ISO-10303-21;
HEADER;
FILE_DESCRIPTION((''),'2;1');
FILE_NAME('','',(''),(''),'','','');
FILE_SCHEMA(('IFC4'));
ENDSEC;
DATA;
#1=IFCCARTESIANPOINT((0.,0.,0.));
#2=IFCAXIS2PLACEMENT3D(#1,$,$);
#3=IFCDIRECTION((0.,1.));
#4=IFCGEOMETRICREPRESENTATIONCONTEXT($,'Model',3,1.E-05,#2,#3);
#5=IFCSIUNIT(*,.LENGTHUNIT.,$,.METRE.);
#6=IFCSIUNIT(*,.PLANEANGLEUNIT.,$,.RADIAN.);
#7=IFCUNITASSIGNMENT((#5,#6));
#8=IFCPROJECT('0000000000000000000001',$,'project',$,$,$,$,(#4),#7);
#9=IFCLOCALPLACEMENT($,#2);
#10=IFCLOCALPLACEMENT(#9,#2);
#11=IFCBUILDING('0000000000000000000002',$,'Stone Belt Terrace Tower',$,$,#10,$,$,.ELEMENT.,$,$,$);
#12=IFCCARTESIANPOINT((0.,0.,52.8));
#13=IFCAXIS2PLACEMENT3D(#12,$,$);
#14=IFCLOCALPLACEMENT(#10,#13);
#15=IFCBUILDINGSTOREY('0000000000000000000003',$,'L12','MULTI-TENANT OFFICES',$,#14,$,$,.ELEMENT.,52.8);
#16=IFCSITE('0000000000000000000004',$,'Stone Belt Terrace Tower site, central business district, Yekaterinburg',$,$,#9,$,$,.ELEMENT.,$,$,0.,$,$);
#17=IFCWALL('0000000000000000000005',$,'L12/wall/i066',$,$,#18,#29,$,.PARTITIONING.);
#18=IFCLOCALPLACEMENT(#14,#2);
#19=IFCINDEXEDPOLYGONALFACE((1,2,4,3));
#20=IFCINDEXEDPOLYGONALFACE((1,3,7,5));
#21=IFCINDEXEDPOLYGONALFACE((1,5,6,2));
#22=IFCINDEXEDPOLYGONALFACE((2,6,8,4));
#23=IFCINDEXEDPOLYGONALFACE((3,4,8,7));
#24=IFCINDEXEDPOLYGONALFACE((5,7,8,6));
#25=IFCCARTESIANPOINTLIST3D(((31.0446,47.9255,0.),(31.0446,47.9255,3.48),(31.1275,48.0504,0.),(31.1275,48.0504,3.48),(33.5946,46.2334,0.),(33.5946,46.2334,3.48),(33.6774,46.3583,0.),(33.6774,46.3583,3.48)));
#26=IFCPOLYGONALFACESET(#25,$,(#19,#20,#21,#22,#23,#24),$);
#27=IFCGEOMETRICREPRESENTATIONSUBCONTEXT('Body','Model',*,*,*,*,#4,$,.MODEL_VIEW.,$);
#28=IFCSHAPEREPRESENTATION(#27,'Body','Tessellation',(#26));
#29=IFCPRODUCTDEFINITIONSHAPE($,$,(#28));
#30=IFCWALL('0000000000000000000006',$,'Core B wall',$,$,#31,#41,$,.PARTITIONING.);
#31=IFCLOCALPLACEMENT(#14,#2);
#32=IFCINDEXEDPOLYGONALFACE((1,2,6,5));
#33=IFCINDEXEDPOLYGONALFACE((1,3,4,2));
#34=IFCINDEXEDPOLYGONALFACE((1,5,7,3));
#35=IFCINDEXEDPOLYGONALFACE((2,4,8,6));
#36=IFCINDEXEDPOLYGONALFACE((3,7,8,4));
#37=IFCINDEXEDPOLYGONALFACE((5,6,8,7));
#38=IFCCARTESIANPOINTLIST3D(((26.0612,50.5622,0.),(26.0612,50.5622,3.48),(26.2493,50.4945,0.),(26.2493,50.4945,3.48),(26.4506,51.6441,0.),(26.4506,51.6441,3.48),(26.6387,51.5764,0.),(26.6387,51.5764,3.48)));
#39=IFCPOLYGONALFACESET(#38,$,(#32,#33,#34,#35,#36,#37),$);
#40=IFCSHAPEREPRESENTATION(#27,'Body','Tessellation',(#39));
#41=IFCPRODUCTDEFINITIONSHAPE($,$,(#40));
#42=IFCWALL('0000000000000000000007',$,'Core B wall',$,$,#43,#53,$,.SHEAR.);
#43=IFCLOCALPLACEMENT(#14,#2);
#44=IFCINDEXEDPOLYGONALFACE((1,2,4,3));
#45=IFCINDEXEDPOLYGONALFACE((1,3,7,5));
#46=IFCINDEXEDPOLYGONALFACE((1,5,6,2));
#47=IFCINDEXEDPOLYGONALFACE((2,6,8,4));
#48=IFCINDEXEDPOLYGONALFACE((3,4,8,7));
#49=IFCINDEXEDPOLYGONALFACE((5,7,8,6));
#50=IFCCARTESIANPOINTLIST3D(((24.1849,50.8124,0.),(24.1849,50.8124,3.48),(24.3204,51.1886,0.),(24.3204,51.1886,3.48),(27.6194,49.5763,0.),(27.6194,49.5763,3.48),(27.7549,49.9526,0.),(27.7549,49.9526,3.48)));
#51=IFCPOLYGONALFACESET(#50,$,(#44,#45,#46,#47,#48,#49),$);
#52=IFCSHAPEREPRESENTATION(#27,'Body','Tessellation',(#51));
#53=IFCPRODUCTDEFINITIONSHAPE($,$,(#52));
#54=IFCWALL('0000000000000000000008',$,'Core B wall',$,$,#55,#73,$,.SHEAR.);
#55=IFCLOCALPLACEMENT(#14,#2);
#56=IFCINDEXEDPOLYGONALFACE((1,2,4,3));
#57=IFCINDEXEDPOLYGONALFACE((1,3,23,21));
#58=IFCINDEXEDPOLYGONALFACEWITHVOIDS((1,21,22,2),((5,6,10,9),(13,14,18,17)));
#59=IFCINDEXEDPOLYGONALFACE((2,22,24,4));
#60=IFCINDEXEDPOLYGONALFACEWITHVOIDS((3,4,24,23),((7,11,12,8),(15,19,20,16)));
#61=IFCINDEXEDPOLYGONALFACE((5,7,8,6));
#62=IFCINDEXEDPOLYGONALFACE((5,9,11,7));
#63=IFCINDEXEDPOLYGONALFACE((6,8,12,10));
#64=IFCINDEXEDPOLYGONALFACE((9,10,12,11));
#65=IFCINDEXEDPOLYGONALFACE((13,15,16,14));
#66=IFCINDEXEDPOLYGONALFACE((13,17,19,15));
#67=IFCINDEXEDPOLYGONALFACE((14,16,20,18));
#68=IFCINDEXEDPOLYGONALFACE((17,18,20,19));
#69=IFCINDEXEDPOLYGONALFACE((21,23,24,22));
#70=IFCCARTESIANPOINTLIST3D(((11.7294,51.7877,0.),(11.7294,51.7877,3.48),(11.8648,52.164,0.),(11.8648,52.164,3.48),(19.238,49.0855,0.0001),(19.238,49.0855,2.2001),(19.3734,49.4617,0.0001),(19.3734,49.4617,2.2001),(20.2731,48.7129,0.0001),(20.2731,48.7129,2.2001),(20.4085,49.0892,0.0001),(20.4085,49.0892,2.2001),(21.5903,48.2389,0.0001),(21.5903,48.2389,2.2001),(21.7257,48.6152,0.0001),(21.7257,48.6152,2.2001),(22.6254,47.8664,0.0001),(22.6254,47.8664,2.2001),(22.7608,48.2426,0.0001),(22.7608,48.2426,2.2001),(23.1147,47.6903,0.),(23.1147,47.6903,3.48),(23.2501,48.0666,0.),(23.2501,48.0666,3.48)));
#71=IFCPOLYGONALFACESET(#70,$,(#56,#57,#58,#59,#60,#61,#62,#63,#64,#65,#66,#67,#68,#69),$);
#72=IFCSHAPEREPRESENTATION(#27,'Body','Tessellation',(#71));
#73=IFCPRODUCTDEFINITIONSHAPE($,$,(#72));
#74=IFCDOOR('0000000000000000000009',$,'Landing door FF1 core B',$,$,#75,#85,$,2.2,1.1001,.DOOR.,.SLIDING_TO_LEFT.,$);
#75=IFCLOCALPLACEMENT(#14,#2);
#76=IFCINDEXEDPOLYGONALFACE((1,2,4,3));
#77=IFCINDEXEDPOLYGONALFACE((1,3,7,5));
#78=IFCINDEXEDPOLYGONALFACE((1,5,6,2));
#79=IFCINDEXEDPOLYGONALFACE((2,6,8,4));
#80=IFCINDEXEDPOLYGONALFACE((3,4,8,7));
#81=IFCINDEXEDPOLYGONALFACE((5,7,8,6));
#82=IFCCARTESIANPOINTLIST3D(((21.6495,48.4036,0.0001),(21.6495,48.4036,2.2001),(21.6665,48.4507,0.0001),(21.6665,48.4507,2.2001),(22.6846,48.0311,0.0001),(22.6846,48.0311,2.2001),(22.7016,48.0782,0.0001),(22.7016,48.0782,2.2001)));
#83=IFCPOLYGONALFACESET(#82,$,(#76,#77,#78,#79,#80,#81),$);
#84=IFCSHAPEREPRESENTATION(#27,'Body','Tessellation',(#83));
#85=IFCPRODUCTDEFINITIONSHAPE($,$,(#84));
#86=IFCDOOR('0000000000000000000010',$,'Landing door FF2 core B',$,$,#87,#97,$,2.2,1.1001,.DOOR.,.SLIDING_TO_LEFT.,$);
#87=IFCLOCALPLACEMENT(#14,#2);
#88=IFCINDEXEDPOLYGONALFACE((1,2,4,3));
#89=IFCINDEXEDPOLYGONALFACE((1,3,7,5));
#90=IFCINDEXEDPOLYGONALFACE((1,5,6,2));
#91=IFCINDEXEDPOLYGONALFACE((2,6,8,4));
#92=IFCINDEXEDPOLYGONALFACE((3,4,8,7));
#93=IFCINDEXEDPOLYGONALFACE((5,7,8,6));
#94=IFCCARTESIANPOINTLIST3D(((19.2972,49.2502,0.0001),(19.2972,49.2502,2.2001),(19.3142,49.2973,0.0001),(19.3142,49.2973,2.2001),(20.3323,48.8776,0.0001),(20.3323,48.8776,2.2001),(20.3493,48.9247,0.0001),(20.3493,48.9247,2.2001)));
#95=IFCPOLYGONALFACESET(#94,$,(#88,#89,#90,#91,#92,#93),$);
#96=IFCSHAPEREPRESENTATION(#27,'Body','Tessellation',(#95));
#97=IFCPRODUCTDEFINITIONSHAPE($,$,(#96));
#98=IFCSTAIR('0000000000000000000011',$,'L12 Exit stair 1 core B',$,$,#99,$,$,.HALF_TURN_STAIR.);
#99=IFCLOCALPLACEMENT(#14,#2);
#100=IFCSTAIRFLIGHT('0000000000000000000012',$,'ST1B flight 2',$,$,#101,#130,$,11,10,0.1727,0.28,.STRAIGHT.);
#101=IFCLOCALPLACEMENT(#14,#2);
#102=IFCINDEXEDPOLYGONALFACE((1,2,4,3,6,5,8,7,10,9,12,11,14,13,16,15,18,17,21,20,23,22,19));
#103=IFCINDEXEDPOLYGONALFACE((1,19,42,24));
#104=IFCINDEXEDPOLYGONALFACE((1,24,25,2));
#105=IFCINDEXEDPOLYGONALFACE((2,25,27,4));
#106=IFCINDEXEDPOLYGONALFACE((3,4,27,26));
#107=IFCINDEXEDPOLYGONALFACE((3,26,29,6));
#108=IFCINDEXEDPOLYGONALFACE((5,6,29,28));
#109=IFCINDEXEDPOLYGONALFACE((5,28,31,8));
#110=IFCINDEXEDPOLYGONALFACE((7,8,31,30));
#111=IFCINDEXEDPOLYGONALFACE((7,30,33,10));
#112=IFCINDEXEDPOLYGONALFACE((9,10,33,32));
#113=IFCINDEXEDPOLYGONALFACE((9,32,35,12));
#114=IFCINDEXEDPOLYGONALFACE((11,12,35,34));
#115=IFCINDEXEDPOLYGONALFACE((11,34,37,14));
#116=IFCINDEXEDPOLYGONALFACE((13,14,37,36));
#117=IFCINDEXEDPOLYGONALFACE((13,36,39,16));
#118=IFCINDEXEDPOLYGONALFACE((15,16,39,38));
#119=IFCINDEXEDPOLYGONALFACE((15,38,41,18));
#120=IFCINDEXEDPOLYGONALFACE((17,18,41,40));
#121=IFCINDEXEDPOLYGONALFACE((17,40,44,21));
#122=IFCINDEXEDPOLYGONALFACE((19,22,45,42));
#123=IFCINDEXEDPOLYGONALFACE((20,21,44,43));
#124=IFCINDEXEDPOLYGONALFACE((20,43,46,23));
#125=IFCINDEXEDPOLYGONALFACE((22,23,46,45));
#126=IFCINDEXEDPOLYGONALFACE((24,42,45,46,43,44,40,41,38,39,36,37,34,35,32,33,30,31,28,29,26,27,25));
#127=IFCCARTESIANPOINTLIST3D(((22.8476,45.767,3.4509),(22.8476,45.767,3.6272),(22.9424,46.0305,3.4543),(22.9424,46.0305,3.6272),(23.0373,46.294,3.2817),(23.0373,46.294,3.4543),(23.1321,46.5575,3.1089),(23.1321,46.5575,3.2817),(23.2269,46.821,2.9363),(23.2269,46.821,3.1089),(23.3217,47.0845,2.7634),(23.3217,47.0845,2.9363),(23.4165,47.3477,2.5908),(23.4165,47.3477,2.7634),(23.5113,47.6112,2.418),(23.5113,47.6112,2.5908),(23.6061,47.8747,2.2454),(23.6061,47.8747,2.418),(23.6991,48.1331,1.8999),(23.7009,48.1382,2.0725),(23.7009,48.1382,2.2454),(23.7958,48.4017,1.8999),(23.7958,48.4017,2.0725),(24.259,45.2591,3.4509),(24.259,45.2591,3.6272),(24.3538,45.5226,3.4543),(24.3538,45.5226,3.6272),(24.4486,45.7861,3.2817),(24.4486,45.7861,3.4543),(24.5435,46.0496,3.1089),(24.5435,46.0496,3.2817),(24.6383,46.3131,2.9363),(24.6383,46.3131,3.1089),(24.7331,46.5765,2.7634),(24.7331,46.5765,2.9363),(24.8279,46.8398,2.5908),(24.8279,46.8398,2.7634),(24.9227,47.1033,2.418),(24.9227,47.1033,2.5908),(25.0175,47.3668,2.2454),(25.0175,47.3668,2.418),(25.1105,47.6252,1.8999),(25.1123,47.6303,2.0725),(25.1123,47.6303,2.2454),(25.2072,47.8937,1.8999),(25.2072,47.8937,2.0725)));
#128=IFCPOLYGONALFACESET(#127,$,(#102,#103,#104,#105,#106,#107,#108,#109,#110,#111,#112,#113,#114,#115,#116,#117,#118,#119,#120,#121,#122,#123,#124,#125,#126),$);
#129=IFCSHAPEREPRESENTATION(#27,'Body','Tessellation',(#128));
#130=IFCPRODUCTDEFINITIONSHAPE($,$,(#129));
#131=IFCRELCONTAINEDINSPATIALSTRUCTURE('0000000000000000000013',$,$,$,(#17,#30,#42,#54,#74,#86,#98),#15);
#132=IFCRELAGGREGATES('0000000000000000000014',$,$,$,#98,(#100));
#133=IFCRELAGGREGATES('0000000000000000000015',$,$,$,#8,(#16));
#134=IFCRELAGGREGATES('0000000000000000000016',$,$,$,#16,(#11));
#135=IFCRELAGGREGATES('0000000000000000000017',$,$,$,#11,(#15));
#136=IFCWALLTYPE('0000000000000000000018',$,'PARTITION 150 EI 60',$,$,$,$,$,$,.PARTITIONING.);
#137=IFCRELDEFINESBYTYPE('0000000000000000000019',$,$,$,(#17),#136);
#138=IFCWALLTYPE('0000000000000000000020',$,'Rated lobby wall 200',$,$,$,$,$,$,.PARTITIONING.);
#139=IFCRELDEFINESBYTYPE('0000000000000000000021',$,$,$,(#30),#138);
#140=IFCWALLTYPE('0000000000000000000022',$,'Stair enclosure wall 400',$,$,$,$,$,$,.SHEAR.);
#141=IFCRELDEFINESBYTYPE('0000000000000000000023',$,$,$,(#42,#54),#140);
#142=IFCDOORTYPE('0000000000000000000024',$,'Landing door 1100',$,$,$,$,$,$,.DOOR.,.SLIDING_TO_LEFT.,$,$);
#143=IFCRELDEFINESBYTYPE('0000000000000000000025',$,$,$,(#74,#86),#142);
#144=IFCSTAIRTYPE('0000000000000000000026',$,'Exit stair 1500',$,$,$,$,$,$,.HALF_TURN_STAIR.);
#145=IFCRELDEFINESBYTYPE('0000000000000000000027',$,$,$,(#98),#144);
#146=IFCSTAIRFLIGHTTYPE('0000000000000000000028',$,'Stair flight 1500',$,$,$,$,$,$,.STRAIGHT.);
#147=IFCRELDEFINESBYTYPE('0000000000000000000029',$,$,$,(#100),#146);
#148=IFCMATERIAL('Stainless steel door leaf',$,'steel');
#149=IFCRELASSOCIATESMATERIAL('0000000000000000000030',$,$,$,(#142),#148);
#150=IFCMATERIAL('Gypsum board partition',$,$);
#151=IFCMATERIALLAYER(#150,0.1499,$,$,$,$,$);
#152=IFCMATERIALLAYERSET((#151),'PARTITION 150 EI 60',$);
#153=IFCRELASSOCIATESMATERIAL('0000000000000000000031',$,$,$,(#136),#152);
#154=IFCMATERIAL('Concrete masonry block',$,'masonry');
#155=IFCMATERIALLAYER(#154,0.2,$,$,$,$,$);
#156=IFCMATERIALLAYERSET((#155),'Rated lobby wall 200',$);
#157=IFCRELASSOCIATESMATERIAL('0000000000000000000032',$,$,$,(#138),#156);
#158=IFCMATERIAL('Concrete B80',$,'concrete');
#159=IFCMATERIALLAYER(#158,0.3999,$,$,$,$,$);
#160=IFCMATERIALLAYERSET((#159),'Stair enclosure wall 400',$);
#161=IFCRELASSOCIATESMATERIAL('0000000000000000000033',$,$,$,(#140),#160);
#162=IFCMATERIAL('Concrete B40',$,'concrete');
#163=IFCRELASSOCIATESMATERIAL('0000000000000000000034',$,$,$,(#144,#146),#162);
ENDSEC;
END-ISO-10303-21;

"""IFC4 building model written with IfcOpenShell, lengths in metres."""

from ifc_helpers import new_model, si_unit, direction, frame, frame_2d, origin, place, context, subcontext, project, spatial, polyline, rectangle, outline, extrude, material, layer, layer_set, type_object, element, fill, aggregate, save


model = new_model("IFC4")

# Units and contexts
model_context = context("Model", 3, precision=1e-05, world=origin(), true_north=direction((0.0, 1.0)))
body_context = subcontext(model_context, "Body", "Model", "MODEL_VIEW")
ifc_project = project(units=[si_unit("LENGTHUNIT", "METRE"), si_unit("PLANEANGLEUNIT", "RADIAN")], contexts=[model_context])

# Site, building, storey
site_placement = place(None, origin())
site = spatial("IfcSite", under=ifc_project, at=site_placement, Name="Stone Belt Terrace Tower site, central business district, Yekaterinburg", CompositionType="ELEMENT", RefElevation=0.0)
building_placement = place(site_placement, origin())
building = spatial("IfcBuilding", under=site, at=building_placement, Name="Stone Belt Terrace Tower", CompositionType="ELEMENT")
storey_placement = place(building_placement, frame((0.0, 0.0, 52.8)))
storey = spatial("IfcBuildingStorey", under=building, at=storey_placement, Name="L12", Description="MULTI-TENANT OFFICES", CompositionType="ELEMENT", Elevation=52.8)

# Shared definitions
ifc_material_1 = material(Name="Concrete B80", Category="concrete")

# Shared definitions
ifc_material_2 = material(Name="Stainless steel door leaf", Category="steel")

# Shared definitions
door_type_1 = type_object("IfcDoorType", Name="Landing door 1100", OperationType="SLIDING_TO_LEFT", PredefinedType="DOOR", material=ifc_material_2)

# Walls
ifc_material_3 = material(Name="Gypsum board partition")
ifc_layer_1 = layer(ifc_material_3, 0.1499)
ifc_layer_set_1 = layer_set([ifc_layer_1], Name="PARTITION 150 EI 60")
wall_type_1 = type_object("IfcWallType", Name="PARTITION 150 EI 60", PredefinedType="PARTITIONING", material=ifc_layer_set_1)
wall_1_placement = place(storey_placement, frame((31.0859, 47.988, 0.0), z_axis=(0.0, 0.0, 1.0), x_axis=(0.833239, -0.552913, 0.0)))
element("IfcWall", 1, at=wall_1_placement, inside=storey, type_object=wall_type_1, Name="L12/wall/i066", PredefinedType="PARTITIONING", context=body_context, shape_type="SweptSolid", body=[
    extrude(rectangle(XDim=3.0603, YDim=0.1499, at=frame_2d((1.5303, 0.0))), origin(), (0.0, 0.0, 1.0), 3.48),
])
ifc_material_4 = material(Name="Concrete masonry block", Category="masonry")
ifc_layer_2 = layer(ifc_material_4, 0.2)
ifc_layer_set_2 = layer_set([ifc_layer_2], Name="Rated lobby wall 200")
wall_type_2 = type_object("IfcWallType", Name="Rated lobby wall 200", PredefinedType="PARTITIONING", material=ifc_layer_set_2)
wall_2_placement = place(storey_placement, frame((26.1553, 50.5283, 0.0), z_axis=(0.0, 0.0, 1.0), x_axis=(0.338622, 0.940923, 0.0)))
element("IfcWall", 2, at=wall_2_placement, inside=storey, type_object=wall_type_2, Name="Core B wall", PredefinedType="PARTITIONING", context=body_context, shape_type="SweptSolid", body=[
    extrude(rectangle(XDim=1.1499, YDim=0.2, at=frame_2d((0.575, 0.0))), origin(), (0.0, 0.0, 1.0), 3.48),
])
ifc_layer_3 = layer(ifc_material_1, 0.3999)
ifc_layer_set_3 = layer_set([ifc_layer_3], Name="Stair enclosure wall 400")
wall_type_3 = type_object("IfcWallType", Name="Stair enclosure wall 400", PredefinedType="SHEAR", material=ifc_layer_set_3)
wall_3_placement = place(storey_placement, frame((27.6873, 49.7644, 0.0), z_axis=(0.0, 0.0, 1.0), x_axis=(-0.940919, 0.338632, 0.0)))
element("IfcWall", 3, at=wall_3_placement, inside=storey, type_object=wall_type_3, Name="Core B wall", PredefinedType="SHEAR", context=body_context, shape_type="SweptSolid", body=[
    extrude(rectangle(XDim=3.6501, YDim=0.3999, at=frame_2d((1.8252, 0.0))), origin(), (0.0, 0.0, 1.0), 3.48),
])

# Wall, openings, doors
wall_4_placement = place(storey_placement, frame((23.1824, 47.8784, 0.0), z_axis=(0.0, 0.0, 1.0), x_axis=(-0.940921, 0.338626, 0.0)))
wall_4 = element("IfcWall", 4, at=wall_4_placement, inside=storey, type_object=wall_type_3, Name="Core B wall", PredefinedType="SHEAR", context=body_context, shape_type="SweptSolid", body=[
    extrude(rectangle(XDim=12.1001, YDim=0.3999, at=frame_2d((6.05, 0.0))), origin(), (0.0, 0.0, 1.0), 3.48),
])
opening_1_placement = place(wall_4_placement, frame((0.52, 0.0, 0.0)))
opening_1 = element("IfcOpeningElement", 5, at=opening_1_placement, cuts=wall_4, PredefinedType="OPENING", context=body_context, shape_type="SweptSolid", body=[
    extrude(rectangle(XDim=1.1001, YDim=2.2, at=frame_2d((0.55, 1.1001))), frame((0.0, 0.21, 0.0), z_axis=(0.0, -1.0, 0.0), x_axis=(1.0, 0.0, 0.0)), (0.0, 0.0, 1.0), 0.4199),
])
opening_2_placement = place(wall_4_placement, frame((3.02, 0.0, 0.0)))
opening_2 = element("IfcOpeningElement", 6, at=opening_2_placement, cuts=wall_4, PredefinedType="OPENING", context=body_context, shape_type="SweptSolid", body=[
    extrude(rectangle(XDim=1.1001, YDim=2.2, at=frame_2d((0.55, 1.1001))), frame((0.0, 0.21, 0.0), z_axis=(0.0, -1.0, 0.0), x_axis=(1.0, 0.0, 0.0)), (0.0, 0.0, 1.0), 0.4199),
])
door_1_placement = place(opening_1_placement, origin())
door_1 = element("IfcDoor", 7, at=door_1_placement, inside=storey, type_object=door_type_1, Name="Landing door FF1 core B", OperationType="SLIDING_TO_LEFT", OverallHeight=2.2, OverallWidth=1.1001, PredefinedType="DOOR", context=body_context, shape_type="SweptSolid", body=[
    extrude(rectangle(XDim=1.1001, YDim=2.2, at=frame_2d((0.55, 1.1001))), frame((0.0, 0.0249, 0.0), z_axis=(0.0, -1.0, 0.0), x_axis=(1.0, 0.0, 0.0)), (0.0, 0.0, 1.0), 0.05),
])
fill(opening_1, door_1)
door_2_placement = place(opening_2_placement, origin())
door_2 = element("IfcDoor", 8, at=door_2_placement, inside=storey, type_object=door_type_1, Name="Landing door FF2 core B", OperationType="SLIDING_TO_LEFT", OverallHeight=2.2, OverallWidth=1.1001, PredefinedType="DOOR", context=body_context, shape_type="SweptSolid", body=[
    extrude(rectangle(XDim=1.1001, YDim=2.2, at=frame_2d((0.55, 1.1001))), frame((0.0, 0.0249, 0.0), z_axis=(0.0, -1.0, 0.0), x_axis=(1.0, 0.0, 0.0)), (0.0, 0.0, 1.0), 0.05),
])
fill(opening_2, door_2)

# Stair, stair flight
ifc_material_5 = material(Name="Concrete B40", Category="concrete")
stair_type = type_object("IfcStairType", Name="Exit stair 1500", PredefinedType="HALF_TURN_STAIR", material=ifc_material_5)
stair_placement = place(storey_placement, origin())
stair = element("IfcStair", 9, at=stair_placement, inside=storey, type_object=stair_type, Name="L12 Exit stair 1 core B", PredefinedType="HALF_TURN_STAIR")
stair_flight_type = type_object("IfcStairFlightType", Name="Stair flight 1500", PredefinedType="STRAIGHT", material=ifc_material_5)
stair_flight_placement = place(storey_placement, frame((24.5015, 48.1477, 1.8999), z_axis=(0.0, 0.0, 1.0), x_axis=(-0.338624, -0.940922, 0.0)))
stair_flight = element("IfcStairFlight", 10, at=stair_flight_placement, type_object=stair_flight_type, Name="ST1B flight 2", NumberOfRisers=11, NumberOfTreads=10, PredefinedType="STRAIGHT", RiserHeight=0.1727, TreadLength=0.28, context=body_context, shape_type="SweptSolid", body=[
    extrude(outline(polyline([(0.0, 0.0), (0.0, 0.1726), (0.28, 0.1726), (0.28, 0.3455), (0.5601, 0.3455), (0.5601, 0.5181), (0.8401, 0.5181), (0.8401, 0.6909), (1.1201, 0.6909), (1.1201, 0.8635), (1.3999, 0.8635), (1.3999, 1.0364), (1.6799, 1.0364), (1.6799, 1.209), (1.96, 1.209), (1.96, 1.3818), (2.24, 1.3818), (2.24, 1.5544), (2.52, 1.5544), (2.52, 1.7273), (2.8, 1.7273), (2.8, 1.8999), (2.8, 1.551), (0.2854, 0.0), (0.0, 0.0)])), frame((0.0, 0.75, 0.0), z_axis=(0.0, -1.0, 0.0), x_axis=(1.0, 0.0, 0.0)), (0.0, 0.0, 1.0), 1.5),
])
aggregate(stair, [stair_flight])

save(model, "model.ifc")
